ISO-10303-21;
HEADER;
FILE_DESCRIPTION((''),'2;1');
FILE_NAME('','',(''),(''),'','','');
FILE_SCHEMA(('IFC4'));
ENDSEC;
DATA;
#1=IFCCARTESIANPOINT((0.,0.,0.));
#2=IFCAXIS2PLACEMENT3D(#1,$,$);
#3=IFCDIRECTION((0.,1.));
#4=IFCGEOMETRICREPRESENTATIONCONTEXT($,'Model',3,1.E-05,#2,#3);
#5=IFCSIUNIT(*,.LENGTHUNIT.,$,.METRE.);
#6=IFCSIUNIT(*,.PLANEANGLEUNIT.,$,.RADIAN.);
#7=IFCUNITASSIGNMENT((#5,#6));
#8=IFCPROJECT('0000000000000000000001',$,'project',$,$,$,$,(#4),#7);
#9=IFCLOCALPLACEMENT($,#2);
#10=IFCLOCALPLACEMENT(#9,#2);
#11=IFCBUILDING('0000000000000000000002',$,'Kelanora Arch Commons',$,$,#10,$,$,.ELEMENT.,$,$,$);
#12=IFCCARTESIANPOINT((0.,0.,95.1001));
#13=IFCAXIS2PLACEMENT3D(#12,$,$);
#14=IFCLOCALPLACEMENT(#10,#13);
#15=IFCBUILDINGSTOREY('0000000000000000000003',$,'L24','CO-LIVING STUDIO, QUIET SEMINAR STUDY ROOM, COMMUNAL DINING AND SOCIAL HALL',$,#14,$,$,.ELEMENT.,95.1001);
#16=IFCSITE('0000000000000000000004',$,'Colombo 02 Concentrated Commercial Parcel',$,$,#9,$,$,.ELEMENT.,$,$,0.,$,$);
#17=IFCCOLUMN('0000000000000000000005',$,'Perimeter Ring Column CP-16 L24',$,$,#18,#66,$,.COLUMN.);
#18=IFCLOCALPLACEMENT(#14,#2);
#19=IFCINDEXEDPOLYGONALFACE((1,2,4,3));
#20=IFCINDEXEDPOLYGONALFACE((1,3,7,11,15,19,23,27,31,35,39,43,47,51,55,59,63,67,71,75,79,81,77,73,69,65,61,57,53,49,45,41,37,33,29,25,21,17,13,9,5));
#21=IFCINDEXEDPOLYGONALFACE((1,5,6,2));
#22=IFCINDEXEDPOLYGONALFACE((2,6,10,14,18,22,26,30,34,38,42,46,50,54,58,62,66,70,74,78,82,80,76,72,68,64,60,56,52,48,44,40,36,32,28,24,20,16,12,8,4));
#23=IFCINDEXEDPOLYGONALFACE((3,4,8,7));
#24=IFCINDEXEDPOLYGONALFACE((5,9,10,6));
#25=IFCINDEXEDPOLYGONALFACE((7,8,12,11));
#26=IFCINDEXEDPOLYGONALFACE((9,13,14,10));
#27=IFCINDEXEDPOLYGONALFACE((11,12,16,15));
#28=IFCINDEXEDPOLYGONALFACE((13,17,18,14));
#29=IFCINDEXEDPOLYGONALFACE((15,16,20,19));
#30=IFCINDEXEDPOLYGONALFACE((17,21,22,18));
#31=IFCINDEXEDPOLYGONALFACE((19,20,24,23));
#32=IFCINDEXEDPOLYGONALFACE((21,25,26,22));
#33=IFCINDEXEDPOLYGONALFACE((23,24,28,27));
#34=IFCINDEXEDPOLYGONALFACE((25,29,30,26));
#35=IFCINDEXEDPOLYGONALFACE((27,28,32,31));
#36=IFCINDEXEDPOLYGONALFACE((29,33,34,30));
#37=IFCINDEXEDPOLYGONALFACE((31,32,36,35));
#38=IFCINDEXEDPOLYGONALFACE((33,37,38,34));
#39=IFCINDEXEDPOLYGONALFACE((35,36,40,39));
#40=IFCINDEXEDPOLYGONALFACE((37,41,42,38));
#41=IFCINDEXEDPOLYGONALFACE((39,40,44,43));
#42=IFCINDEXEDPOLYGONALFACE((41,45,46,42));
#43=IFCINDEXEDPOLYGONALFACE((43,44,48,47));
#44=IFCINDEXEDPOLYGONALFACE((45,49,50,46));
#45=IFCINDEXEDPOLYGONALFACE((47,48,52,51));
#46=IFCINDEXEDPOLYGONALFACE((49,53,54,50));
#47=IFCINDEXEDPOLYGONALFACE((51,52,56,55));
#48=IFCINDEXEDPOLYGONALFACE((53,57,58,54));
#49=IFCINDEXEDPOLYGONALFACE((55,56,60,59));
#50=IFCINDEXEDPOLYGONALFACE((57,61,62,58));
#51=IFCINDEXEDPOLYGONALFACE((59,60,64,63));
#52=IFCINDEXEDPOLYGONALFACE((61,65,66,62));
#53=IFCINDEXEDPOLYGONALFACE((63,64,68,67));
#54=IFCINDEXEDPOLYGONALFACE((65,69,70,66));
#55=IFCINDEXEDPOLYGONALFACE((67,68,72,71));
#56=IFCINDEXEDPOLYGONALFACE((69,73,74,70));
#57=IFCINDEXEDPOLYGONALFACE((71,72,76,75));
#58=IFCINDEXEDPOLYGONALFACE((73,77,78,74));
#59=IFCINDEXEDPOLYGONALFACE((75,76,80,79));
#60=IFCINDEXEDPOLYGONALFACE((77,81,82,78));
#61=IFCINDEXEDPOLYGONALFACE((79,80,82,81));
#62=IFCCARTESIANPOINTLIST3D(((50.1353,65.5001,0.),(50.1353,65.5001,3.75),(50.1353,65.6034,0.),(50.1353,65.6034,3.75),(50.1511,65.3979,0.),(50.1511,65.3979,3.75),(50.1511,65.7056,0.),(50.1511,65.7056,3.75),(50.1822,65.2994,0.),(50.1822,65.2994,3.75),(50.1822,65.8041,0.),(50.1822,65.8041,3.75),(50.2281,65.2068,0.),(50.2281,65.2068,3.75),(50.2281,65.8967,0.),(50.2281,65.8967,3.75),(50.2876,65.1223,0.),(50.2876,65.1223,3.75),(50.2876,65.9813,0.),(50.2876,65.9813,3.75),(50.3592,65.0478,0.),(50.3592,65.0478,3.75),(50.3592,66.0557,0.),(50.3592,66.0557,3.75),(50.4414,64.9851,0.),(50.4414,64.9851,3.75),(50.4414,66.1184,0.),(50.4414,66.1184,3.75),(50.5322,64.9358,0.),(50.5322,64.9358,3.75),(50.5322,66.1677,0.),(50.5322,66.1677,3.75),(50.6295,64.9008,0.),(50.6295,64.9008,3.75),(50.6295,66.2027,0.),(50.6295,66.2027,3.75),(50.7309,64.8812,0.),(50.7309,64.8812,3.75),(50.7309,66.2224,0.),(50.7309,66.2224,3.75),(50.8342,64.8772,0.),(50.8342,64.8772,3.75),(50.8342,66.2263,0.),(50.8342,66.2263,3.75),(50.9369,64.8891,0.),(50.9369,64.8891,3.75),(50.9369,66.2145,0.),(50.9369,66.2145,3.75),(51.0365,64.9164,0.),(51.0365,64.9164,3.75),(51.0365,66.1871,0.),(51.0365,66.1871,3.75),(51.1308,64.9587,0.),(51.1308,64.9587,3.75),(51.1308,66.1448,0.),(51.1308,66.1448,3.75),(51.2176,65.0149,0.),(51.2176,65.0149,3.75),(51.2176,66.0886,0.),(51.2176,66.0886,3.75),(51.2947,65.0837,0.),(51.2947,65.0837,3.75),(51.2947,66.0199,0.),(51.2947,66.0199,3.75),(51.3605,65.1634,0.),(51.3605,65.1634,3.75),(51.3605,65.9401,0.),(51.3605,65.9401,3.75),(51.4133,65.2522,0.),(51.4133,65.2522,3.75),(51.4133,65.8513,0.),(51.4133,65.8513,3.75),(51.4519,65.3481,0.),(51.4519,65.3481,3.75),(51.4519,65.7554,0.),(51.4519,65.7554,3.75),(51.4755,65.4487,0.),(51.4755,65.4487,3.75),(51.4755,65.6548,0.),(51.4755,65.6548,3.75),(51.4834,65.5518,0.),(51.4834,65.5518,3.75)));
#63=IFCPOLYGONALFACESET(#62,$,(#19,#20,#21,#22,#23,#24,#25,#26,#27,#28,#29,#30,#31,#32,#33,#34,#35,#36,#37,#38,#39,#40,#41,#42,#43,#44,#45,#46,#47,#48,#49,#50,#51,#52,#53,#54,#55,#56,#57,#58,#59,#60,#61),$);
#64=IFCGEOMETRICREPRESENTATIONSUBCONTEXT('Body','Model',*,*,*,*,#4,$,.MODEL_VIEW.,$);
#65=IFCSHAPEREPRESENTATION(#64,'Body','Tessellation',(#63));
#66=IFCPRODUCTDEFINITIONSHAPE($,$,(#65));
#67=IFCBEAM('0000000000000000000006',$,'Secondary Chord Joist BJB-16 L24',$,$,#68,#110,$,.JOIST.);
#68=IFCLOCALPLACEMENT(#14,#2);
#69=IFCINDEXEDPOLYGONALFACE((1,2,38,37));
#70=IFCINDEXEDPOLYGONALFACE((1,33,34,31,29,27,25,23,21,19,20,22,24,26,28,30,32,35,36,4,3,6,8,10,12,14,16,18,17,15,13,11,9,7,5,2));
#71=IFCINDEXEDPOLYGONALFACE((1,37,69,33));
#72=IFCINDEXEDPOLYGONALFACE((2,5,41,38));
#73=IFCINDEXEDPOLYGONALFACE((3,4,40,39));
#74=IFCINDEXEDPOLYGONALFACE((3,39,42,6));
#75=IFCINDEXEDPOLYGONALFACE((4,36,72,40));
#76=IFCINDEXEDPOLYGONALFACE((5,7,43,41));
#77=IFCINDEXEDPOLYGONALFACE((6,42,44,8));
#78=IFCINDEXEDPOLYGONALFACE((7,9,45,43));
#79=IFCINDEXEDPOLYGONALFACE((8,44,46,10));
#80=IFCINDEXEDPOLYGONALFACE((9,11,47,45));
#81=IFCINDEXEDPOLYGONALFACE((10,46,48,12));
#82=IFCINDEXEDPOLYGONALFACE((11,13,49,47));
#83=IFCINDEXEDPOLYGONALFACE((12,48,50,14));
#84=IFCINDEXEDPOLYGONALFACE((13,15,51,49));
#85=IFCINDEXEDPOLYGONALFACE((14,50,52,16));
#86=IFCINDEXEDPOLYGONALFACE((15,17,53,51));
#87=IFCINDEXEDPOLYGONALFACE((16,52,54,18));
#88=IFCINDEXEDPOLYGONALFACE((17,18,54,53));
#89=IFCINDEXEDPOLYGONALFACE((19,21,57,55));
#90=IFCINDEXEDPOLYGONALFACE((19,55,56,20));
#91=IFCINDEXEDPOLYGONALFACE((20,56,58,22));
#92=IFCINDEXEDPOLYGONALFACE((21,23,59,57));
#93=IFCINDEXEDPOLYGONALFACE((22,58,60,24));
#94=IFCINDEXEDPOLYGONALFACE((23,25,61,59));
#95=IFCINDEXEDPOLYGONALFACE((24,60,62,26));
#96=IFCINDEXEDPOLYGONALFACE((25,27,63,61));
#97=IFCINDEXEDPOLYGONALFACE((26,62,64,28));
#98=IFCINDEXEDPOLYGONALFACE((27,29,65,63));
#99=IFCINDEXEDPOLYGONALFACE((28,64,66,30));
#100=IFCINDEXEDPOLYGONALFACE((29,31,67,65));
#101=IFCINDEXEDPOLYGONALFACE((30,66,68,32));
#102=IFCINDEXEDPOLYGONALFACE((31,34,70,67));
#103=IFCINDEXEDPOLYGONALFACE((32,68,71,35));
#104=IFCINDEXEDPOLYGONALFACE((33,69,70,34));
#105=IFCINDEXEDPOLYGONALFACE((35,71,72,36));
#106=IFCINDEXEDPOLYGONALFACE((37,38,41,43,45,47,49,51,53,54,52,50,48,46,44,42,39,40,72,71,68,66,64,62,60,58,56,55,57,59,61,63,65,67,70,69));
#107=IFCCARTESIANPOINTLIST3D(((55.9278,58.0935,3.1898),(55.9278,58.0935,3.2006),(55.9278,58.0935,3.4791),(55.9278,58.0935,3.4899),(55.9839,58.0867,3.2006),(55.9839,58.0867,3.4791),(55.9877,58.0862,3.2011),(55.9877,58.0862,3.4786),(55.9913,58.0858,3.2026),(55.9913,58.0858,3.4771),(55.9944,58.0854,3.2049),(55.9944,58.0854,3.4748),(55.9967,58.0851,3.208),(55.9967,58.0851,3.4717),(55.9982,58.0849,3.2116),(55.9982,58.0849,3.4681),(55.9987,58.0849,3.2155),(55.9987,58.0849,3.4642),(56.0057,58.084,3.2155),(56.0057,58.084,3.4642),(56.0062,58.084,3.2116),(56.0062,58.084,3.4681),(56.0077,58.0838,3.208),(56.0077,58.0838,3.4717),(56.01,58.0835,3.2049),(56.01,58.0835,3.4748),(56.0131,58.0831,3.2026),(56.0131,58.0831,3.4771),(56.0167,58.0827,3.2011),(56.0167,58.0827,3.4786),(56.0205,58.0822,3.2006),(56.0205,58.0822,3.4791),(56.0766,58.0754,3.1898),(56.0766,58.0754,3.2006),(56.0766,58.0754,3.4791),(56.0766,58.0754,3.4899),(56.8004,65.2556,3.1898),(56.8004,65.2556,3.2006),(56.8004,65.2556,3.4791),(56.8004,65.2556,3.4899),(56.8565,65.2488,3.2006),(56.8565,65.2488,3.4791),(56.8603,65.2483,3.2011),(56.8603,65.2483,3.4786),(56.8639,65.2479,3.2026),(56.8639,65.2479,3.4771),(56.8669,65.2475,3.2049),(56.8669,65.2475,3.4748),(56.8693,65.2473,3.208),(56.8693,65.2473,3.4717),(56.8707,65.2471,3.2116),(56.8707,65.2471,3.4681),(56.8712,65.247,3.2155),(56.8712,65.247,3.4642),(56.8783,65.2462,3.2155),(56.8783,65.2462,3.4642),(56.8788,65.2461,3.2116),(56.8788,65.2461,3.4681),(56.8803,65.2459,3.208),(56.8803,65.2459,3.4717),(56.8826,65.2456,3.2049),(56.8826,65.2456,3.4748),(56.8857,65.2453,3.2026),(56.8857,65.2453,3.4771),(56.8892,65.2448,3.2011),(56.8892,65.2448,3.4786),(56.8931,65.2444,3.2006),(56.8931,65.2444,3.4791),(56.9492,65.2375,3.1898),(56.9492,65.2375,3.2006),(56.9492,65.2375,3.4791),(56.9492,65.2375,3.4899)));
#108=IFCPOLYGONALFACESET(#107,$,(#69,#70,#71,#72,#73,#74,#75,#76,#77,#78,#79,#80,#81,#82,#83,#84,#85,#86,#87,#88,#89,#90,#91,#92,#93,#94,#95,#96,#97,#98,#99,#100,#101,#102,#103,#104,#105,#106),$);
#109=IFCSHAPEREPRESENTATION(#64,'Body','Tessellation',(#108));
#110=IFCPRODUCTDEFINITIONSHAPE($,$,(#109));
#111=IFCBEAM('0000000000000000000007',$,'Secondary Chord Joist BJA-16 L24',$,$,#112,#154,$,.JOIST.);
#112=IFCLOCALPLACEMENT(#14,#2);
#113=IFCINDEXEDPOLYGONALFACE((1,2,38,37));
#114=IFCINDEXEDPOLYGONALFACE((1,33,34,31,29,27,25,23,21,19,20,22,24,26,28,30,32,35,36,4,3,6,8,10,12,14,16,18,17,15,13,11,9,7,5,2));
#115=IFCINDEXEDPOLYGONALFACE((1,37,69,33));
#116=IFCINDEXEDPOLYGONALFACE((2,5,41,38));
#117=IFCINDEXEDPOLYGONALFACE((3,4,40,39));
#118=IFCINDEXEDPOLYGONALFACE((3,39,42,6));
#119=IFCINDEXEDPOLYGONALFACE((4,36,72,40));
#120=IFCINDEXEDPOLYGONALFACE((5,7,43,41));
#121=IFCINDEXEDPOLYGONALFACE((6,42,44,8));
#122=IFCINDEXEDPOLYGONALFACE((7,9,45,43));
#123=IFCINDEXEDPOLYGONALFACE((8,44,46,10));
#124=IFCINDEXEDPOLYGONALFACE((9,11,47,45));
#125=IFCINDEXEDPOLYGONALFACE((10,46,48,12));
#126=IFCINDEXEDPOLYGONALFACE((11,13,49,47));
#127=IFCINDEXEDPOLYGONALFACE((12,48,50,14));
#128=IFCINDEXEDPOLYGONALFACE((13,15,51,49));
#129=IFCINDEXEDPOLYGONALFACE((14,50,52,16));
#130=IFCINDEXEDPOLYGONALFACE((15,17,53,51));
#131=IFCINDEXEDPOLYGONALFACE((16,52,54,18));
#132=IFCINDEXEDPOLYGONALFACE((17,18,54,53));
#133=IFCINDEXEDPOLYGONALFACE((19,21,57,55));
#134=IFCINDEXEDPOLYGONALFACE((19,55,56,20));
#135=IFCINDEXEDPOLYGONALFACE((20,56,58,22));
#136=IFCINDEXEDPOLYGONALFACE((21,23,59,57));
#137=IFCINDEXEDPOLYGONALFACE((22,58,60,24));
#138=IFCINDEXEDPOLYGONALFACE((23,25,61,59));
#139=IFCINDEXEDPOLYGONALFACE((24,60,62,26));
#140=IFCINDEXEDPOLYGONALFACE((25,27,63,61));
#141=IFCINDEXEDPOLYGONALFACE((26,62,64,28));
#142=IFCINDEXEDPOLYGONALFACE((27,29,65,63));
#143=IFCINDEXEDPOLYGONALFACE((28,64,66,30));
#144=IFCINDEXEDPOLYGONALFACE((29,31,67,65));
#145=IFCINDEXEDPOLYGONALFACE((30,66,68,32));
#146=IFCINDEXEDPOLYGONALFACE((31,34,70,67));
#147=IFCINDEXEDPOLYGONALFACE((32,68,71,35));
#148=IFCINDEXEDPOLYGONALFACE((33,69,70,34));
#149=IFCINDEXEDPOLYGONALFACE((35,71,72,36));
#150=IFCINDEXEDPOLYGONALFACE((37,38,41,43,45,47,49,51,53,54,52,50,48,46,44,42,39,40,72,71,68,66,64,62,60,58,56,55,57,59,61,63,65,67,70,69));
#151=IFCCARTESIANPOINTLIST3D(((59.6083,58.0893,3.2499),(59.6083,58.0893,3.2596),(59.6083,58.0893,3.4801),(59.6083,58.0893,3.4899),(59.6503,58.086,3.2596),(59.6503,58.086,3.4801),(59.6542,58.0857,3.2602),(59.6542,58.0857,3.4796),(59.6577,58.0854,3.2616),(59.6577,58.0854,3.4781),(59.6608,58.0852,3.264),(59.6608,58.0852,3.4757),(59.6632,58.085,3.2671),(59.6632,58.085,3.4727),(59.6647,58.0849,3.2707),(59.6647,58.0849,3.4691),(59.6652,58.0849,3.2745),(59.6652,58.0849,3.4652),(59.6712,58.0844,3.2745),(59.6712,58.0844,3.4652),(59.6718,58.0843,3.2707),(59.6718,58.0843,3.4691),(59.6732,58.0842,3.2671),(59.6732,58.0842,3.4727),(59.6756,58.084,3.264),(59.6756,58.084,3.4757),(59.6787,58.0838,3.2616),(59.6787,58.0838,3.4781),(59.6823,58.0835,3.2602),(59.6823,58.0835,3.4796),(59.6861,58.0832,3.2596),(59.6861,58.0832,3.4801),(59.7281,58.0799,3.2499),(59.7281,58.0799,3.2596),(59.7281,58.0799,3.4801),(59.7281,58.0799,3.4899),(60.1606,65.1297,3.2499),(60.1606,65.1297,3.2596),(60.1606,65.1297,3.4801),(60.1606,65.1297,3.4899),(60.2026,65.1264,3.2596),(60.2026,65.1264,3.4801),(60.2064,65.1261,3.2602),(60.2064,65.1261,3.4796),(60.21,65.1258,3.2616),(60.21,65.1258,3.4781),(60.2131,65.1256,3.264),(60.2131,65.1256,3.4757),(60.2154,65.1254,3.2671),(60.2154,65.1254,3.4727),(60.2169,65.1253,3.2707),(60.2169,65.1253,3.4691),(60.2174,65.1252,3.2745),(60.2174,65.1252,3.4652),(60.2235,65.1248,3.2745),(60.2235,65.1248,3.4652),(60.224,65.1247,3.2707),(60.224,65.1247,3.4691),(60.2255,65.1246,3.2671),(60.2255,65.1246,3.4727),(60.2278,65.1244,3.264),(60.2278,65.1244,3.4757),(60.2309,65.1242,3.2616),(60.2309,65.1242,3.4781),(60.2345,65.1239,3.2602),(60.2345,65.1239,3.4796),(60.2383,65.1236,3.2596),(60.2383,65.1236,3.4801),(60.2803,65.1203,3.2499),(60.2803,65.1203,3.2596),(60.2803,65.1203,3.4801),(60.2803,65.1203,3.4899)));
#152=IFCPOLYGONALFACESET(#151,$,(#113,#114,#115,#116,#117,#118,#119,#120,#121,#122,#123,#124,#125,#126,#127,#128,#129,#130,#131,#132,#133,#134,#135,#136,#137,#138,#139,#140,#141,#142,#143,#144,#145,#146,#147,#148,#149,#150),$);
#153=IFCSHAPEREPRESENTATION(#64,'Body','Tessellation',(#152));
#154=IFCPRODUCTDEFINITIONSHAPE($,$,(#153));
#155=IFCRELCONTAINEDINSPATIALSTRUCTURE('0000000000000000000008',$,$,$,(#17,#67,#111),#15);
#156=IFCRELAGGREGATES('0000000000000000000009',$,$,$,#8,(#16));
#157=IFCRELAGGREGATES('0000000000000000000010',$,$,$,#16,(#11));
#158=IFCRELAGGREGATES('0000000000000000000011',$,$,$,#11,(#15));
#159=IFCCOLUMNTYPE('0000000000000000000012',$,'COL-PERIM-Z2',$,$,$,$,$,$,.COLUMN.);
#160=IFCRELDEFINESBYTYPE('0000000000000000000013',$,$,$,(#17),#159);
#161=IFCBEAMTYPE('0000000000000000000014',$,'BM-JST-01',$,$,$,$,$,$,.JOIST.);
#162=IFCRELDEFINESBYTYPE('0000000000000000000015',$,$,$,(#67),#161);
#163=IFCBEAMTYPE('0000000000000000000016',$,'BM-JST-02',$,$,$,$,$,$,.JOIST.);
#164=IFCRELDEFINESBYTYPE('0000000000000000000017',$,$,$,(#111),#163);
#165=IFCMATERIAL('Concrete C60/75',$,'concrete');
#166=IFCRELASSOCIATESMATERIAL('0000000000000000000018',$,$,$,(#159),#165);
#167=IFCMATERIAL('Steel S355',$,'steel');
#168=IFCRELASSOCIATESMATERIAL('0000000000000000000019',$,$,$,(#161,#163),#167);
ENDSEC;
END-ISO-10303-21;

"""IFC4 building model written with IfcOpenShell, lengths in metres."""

from ifc_helpers import new_model, si_unit, direction, frame, origin, origin_2d, place, context, subcontext, project, spatial, circle, i_section, extrude, material, material_profile, profile_set, type_object, element, save


model = new_model("IFC4")

# Units and contexts
model_context = context("Model", 3, precision=1e-05, world=origin(), true_north=direction((0.0, 1.0)))
body_context = subcontext(model_context, "Body", "Model", "MODEL_VIEW")
ifc_project = project(units=[si_unit("LENGTHUNIT", "METRE"), si_unit("PLANEANGLEUNIT", "RADIAN")], contexts=[model_context])

# Site, building, storey
site_placement = place(None, origin())
site = spatial("IfcSite", under=ifc_project, at=site_placement, Name="Colombo 02 Concentrated Commercial Parcel", CompositionType="ELEMENT", RefElevation=0.0)
building_placement = place(site_placement, origin())
building = spatial("IfcBuilding", under=site, at=building_placement, Name="Kelanora Arch Commons", CompositionType="ELEMENT")
storey_placement = place(building_placement, frame((0.0, 0.0, 95.1001)))
storey = spatial("IfcBuildingStorey", under=building, at=storey_placement, Name="L24", Description="CO-LIVING STUDIO, QUIET SEMINAR STUDY ROOM, COMMUNAL DINING AND SOCIAL HALL", CompositionType="ELEMENT", Elevation=95.1001)

# Column
ifc_material_1 = material(Name="Concrete C60/75", Category="concrete")
ifc_material_profile_1 = material_profile(ifc_material_1, circle(Radius=0.675, at=origin_2d()), Name="RCC1350")
ifc_profile_set_1 = profile_set([ifc_material_profile_1], Name="Concrete C60/75")
column_type = type_object("IfcColumnType", Name="COL-PERIM-Z2", PredefinedType="COLUMN", material=ifc_profile_set_1)
column_placement = place(storey_placement, frame((50.8083, 65.5518, 0.0), z_axis=(0.0, 0.0, 1.0), x_axis=(1.0, 0.0, 0.0)))
element("IfcColumn", 1, at=column_placement, inside=storey, type_object=column_type, Name="Perimeter Ring Column CP-16 L24", PredefinedType="COLUMN", context=body_context, shape_type="SweptSolid", body=[
    extrude(circle(Radius=0.675, at=origin_2d()), origin(), (0.0, 0.0, 1.0), 3.75),
])

# Beams
ifc_material_2 = material(Name="Steel S355", Category="steel")
ifc_material_profile_2 = material_profile(ifc_material_2, i_section(OverallWidth=0.1499, OverallDepth=0.3, WebThickness=0.0071, FlangeThickness=0.0107, FilletRadius=0.0149, at=origin_2d()), Name="IPE300")
ifc_profile_set_2 = profile_set([ifc_material_profile_2], Name="Steel S355")
beam_type_1 = type_object("IfcBeamType", Name="BM-JST-01", PredefinedType="JOIST", material=ifc_profile_set_2)
beam_1_placement = place(storey_placement, frame((56.8748, 65.2466, 3.3398), z_axis=(-0.120936, -0.99266, 0.0), x_axis=(0.99266, -0.120936, 0.0)))
element("IfcBeam", 2, at=beam_1_placement, inside=storey, type_object=beam_type_1, Name="Secondary Chord Joist BJB-16 L24", PredefinedType="JOIST", context=body_context, shape_type="SweptSolid", body=[
    extrude(i_section(OverallWidth=0.1499, OverallDepth=0.3, WebThickness=0.0071, FlangeThickness=0.0107, FilletRadius=0.0149, at=origin_2d()), origin(), (0.0, 0.0, 1.0), 7.2151),
])
ifc_material_profile_3 = material_profile(ifc_material_2, i_section(OverallWidth=0.1201, OverallDepth=0.24, WebThickness=0.0061, FlangeThickness=0.0098, FilletRadius=0.0149, at=origin_2d()), Name="IPE240")
ifc_profile_set_3 = profile_set([ifc_material_profile_3], Name="Steel S355")
beam_type_2 = type_object("IfcBeamType", Name="BM-JST-02", PredefinedType="JOIST", material=ifc_profile_set_3)
beam_2_placement = place(storey_placement, frame((60.2205, 65.125, 3.3699), z_axis=(-0.078201, -0.996938, 0.0), x_axis=(0.996938, -0.078201, 0.0)))
element("IfcBeam", 3, at=beam_2_placement, inside=storey, type_object=beam_type_2, Name="Secondary Chord Joist BJA-16 L24", PredefinedType="JOIST", context=body_context, shape_type="SweptSolid", body=[
    extrude(i_section(OverallWidth=0.1201, OverallDepth=0.24, WebThickness=0.0061, FlangeThickness=0.0098, FilletRadius=0.0149, at=origin_2d()), origin(), (0.0, 0.0, 1.0), 7.062),
])

save(model, "model.ifc")
